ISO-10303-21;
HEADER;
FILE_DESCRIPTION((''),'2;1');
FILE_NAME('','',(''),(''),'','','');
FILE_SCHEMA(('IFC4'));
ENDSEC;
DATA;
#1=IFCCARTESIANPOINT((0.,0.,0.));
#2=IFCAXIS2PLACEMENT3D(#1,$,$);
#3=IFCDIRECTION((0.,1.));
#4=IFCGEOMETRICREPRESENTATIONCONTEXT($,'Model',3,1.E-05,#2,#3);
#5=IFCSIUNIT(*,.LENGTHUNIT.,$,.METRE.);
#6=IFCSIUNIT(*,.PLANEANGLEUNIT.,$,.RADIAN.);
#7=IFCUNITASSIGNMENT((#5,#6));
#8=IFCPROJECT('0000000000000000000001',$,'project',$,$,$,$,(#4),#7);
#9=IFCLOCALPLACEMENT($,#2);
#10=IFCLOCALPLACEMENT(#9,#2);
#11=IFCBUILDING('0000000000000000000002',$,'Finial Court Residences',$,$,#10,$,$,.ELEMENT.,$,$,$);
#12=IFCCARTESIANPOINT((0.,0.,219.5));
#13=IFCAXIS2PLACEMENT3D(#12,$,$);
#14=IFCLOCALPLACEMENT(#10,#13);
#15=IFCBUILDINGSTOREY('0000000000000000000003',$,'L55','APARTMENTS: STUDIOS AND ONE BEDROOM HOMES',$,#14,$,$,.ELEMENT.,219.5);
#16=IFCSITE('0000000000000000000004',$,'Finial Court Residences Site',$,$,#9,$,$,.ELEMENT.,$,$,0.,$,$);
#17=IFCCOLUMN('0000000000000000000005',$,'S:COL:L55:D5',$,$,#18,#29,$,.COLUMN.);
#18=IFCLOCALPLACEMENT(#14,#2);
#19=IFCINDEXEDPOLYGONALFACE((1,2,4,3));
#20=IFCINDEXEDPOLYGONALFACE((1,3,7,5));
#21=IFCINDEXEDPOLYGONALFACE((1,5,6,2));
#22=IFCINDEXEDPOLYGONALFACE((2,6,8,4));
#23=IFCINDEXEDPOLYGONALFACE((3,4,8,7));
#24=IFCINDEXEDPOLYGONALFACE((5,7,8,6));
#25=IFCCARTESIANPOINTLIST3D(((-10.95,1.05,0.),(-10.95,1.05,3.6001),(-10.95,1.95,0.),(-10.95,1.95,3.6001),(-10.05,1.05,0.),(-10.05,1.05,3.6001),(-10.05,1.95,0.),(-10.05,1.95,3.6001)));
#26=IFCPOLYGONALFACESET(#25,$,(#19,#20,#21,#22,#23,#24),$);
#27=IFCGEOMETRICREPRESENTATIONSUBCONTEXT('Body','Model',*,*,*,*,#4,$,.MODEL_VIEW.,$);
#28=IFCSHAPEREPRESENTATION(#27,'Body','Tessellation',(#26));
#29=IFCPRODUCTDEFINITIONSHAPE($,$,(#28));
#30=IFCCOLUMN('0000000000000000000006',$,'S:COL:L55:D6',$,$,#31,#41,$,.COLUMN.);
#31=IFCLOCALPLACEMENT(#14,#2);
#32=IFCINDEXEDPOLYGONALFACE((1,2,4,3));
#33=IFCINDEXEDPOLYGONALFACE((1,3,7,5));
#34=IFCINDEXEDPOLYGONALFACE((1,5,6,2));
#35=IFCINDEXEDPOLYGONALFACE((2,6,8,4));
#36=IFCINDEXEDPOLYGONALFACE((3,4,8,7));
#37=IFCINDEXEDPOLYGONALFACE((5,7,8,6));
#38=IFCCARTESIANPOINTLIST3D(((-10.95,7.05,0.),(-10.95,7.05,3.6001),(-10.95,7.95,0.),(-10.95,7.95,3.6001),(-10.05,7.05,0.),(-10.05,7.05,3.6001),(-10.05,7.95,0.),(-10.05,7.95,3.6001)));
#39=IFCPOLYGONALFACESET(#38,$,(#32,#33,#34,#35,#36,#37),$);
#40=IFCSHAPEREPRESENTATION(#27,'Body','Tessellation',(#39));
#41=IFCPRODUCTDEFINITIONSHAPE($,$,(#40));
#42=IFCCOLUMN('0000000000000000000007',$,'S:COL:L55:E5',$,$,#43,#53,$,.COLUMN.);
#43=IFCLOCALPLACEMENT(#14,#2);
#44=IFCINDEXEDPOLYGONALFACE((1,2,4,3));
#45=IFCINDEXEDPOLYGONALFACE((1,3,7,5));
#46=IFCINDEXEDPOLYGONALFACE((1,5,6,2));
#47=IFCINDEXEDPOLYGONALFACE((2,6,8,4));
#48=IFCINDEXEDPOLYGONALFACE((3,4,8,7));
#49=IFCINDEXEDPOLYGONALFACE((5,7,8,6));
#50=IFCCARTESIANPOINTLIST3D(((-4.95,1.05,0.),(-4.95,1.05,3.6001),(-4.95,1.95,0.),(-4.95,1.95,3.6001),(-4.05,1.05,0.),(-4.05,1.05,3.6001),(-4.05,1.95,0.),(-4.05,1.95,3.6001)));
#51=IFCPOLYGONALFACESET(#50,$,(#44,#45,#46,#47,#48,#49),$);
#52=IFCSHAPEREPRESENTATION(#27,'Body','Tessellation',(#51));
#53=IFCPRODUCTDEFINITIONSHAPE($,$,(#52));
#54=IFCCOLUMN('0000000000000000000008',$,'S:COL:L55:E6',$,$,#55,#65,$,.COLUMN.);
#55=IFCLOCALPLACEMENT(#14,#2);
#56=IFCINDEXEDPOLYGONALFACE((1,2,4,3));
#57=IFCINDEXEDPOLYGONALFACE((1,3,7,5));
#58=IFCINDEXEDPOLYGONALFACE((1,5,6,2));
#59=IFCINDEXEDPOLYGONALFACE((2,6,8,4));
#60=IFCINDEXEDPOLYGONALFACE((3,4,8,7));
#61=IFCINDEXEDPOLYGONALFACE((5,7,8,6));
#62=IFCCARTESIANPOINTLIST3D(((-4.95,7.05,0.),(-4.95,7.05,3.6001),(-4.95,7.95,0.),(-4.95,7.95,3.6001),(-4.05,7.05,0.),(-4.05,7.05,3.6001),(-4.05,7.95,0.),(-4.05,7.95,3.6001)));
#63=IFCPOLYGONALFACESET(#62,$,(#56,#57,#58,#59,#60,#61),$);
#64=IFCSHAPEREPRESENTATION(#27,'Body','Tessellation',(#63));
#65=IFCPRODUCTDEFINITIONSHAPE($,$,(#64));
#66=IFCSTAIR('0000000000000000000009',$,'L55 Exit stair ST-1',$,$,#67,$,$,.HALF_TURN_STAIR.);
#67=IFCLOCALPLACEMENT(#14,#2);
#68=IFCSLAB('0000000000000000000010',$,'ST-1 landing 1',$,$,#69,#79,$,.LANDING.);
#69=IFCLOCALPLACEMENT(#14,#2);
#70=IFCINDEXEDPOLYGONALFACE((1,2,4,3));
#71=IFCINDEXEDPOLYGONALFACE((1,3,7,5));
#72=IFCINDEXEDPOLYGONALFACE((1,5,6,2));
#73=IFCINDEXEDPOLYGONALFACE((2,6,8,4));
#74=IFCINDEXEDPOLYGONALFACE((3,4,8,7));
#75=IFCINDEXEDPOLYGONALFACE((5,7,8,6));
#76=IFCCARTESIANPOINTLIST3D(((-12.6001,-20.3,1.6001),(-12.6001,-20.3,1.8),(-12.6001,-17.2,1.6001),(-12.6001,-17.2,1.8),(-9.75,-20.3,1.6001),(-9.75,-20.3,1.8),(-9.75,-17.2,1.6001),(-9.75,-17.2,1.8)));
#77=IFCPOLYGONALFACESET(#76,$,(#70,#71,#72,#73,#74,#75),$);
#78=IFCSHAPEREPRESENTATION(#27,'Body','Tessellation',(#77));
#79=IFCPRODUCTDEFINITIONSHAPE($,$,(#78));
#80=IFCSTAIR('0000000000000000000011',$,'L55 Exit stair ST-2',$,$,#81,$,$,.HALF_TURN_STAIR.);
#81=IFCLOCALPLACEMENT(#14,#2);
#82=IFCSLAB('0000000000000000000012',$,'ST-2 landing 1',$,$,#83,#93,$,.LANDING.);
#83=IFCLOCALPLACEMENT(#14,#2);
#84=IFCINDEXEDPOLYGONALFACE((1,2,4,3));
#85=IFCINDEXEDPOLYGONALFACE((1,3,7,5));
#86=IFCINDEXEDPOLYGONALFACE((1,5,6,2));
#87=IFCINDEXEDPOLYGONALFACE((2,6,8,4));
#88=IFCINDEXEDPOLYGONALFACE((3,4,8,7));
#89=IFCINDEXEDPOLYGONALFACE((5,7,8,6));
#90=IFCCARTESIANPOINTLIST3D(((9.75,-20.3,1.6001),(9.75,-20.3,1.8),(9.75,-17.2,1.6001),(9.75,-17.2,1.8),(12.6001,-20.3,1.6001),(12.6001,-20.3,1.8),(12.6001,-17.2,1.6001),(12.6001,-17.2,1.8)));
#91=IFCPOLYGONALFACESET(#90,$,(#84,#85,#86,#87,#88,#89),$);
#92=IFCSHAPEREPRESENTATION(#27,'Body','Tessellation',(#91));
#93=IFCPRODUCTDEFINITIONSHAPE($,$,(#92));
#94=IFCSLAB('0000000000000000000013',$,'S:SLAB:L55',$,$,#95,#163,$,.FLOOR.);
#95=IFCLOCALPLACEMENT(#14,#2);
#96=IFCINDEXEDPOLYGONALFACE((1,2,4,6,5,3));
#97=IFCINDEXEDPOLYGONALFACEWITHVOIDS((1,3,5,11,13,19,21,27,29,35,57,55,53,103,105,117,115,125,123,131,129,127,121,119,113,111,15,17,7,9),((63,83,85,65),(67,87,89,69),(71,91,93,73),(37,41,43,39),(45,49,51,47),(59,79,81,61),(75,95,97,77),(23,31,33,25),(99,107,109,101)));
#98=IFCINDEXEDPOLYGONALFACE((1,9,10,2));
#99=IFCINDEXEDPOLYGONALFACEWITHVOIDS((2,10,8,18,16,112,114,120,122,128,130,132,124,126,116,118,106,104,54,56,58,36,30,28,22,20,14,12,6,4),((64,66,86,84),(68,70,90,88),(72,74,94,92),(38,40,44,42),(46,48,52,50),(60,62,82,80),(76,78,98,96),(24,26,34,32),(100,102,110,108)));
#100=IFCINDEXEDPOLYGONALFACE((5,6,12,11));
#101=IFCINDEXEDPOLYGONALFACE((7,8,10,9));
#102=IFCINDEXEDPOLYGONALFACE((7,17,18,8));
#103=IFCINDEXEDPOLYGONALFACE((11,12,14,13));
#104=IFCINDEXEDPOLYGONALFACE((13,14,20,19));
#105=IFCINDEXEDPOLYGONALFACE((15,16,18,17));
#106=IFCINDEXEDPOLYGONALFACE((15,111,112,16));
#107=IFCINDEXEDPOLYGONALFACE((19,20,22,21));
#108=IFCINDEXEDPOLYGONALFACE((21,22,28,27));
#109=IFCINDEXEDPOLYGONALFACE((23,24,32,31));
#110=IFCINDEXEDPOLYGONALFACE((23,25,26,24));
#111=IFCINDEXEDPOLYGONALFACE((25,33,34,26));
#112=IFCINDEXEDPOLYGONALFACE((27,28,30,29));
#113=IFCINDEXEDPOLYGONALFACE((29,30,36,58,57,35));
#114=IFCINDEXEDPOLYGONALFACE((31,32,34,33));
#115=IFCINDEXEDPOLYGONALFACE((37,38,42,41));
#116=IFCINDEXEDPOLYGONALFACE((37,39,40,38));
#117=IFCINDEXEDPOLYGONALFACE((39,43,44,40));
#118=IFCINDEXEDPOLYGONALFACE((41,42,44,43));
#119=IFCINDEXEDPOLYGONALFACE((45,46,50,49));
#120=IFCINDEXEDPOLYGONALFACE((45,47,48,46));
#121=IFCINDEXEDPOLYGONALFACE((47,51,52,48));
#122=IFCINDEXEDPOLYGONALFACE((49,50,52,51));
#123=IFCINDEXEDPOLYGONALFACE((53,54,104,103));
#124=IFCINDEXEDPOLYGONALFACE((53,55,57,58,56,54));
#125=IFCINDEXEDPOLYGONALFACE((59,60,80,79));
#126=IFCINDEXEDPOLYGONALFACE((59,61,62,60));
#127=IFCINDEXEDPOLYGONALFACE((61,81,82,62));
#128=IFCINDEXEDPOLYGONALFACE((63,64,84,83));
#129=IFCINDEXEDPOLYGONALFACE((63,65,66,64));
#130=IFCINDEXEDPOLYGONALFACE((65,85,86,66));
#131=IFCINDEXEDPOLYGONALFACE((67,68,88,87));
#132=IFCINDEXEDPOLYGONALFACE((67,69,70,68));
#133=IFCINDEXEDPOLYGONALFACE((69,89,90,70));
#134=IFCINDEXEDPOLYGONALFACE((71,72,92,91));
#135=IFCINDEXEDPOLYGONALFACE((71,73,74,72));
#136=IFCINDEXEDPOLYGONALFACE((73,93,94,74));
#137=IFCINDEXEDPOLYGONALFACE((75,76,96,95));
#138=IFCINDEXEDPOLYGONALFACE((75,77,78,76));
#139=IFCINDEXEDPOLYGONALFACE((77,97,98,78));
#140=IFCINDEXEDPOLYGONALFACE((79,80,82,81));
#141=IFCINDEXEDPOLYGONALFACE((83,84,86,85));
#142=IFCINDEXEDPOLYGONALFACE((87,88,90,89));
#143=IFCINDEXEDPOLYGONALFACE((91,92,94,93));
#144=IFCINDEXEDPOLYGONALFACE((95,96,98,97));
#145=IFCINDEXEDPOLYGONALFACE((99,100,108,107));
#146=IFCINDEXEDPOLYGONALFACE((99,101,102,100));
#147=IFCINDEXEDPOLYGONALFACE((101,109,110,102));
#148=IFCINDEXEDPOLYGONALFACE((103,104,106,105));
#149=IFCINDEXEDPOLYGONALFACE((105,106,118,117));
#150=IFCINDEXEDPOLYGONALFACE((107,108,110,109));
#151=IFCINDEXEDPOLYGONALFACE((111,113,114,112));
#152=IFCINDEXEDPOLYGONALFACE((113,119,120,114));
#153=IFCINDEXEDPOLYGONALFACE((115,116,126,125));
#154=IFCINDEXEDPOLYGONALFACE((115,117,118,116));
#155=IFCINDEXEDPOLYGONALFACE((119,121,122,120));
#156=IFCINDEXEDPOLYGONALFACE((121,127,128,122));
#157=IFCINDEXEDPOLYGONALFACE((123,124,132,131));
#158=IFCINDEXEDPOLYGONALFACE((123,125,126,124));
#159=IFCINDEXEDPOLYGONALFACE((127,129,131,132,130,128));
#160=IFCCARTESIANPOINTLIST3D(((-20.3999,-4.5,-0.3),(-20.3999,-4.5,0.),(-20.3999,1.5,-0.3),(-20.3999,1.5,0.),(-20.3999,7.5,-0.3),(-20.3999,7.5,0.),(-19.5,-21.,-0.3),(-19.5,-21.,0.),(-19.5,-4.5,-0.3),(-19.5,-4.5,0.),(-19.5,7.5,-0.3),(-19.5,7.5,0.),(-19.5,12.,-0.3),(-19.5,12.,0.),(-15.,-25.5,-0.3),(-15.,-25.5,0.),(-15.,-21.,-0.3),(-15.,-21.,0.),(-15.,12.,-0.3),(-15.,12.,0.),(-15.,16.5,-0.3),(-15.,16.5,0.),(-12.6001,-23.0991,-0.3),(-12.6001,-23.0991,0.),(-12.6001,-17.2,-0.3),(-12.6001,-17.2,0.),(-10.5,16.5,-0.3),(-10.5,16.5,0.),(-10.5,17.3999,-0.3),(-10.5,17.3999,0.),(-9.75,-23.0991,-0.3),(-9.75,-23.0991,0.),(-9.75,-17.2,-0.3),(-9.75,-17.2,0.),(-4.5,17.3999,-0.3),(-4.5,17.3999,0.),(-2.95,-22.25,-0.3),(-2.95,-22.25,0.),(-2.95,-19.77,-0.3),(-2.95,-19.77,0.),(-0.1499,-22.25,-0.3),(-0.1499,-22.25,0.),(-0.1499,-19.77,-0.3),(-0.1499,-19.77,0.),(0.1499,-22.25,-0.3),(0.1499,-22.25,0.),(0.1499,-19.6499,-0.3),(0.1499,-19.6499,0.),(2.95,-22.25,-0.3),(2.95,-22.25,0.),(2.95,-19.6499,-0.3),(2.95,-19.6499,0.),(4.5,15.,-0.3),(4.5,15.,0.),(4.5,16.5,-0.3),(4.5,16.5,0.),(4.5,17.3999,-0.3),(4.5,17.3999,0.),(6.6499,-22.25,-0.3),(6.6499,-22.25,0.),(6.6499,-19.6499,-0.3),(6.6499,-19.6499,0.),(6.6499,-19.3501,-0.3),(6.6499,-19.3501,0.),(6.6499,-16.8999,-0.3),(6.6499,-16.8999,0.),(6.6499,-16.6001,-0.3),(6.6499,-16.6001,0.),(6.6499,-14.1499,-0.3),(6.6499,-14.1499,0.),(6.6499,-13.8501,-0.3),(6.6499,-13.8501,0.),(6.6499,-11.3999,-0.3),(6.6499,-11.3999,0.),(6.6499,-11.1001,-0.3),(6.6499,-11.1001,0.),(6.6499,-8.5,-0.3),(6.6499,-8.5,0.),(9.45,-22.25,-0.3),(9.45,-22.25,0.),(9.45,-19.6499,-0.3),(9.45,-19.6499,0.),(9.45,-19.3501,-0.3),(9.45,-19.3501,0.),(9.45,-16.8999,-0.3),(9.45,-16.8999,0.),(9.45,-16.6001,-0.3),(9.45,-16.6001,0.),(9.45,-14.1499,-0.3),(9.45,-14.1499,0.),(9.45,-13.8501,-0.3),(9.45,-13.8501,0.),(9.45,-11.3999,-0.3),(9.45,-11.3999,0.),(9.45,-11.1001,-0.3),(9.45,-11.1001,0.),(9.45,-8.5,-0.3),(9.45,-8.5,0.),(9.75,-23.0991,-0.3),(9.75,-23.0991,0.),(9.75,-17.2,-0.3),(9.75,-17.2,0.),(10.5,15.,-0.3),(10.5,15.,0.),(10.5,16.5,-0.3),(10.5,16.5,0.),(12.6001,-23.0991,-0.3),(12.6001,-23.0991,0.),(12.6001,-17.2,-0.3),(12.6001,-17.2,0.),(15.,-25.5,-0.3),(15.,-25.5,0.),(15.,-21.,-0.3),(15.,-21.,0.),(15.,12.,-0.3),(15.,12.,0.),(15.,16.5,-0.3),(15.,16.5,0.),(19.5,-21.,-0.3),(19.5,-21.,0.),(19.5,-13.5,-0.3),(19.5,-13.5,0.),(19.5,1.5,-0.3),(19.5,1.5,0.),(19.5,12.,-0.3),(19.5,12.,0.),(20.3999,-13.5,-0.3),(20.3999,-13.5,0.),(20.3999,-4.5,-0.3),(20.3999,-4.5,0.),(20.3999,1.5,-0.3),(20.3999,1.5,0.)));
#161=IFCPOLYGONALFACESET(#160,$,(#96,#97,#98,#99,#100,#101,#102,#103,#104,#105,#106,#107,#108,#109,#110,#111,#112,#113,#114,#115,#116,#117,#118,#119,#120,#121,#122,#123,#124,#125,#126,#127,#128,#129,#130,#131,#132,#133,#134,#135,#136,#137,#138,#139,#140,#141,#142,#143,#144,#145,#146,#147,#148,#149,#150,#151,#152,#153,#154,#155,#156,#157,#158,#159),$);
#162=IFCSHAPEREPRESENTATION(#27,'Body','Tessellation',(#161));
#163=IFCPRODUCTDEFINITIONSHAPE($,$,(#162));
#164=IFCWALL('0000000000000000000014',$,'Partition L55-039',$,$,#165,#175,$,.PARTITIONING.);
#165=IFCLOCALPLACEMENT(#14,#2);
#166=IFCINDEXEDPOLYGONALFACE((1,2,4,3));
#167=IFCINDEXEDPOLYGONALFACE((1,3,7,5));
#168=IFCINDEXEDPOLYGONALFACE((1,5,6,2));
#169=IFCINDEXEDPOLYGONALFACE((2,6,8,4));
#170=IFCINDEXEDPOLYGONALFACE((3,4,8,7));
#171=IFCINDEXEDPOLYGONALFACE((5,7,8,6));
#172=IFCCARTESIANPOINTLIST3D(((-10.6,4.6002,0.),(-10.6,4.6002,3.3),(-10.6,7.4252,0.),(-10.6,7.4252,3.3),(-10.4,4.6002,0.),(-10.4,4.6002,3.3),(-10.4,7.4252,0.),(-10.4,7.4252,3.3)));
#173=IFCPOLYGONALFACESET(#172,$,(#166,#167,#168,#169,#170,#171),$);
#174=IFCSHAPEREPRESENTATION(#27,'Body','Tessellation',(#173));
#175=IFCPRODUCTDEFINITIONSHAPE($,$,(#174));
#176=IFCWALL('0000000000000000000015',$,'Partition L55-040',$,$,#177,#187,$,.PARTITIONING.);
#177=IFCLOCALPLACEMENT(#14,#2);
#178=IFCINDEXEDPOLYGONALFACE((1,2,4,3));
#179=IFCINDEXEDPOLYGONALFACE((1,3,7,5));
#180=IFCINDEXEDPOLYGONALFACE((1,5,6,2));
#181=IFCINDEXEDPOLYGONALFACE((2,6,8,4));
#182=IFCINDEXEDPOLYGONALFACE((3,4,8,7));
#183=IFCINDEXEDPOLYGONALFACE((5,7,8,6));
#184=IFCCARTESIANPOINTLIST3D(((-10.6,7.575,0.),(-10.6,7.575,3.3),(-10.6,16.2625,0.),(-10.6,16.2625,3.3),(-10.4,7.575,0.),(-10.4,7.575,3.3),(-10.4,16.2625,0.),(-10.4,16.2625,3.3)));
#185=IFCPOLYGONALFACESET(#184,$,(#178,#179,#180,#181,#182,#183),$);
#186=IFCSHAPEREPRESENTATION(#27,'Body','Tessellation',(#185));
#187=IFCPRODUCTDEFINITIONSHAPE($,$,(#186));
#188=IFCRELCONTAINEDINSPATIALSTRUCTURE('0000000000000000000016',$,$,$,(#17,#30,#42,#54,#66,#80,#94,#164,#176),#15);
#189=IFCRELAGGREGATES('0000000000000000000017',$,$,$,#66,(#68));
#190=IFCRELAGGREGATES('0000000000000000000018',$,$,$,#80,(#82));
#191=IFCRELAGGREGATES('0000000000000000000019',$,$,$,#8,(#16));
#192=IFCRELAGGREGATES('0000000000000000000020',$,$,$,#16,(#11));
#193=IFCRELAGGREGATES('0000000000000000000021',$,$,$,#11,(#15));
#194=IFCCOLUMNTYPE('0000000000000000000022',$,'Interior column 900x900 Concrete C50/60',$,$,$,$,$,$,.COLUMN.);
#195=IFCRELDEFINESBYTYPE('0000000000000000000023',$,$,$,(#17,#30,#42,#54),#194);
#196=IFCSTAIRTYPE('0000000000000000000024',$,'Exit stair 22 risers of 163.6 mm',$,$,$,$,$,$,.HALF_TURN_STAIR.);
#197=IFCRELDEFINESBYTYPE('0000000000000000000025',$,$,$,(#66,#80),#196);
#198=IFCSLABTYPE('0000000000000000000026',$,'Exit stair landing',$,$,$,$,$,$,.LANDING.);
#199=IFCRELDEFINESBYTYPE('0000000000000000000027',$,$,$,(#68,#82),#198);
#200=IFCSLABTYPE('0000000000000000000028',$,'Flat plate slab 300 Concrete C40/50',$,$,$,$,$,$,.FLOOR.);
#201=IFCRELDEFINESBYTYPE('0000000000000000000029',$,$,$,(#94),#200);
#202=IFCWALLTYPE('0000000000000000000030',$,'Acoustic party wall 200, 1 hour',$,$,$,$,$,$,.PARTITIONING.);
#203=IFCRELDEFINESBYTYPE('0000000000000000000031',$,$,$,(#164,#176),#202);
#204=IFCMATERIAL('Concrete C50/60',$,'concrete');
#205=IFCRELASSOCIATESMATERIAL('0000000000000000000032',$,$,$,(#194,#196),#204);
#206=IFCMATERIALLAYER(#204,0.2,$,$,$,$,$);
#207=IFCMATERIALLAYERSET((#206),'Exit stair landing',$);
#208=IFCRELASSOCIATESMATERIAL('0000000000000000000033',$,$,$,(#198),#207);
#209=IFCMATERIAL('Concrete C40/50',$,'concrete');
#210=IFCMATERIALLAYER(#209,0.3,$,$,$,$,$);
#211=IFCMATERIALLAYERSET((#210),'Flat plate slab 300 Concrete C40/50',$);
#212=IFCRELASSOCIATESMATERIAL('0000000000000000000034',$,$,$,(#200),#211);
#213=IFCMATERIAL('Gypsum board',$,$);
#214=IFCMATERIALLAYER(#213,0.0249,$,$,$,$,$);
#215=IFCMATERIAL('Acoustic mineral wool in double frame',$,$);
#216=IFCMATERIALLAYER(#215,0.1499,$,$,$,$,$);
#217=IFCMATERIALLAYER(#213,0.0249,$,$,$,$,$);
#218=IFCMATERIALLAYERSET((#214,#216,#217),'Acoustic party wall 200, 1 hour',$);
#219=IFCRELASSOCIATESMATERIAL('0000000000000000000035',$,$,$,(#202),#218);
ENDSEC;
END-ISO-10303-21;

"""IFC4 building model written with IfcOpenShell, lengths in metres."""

from ifc_helpers import new_model, si_unit, direction, frame, frame_2d, origin, origin_2d, place, context, subcontext, project, spatial, polyline, rectangle, outline, extrude, material, layer, layer_set, material_profile, profile_set, type_object, element, aggregate, save


model = new_model("IFC4")

# Units and contexts
model_context = context("Model", 3, precision=1e-05, world=origin(), true_north=direction((0.0, 1.0)))
body_context = subcontext(model_context, "Body", "Model", "MODEL_VIEW")
ifc_project = project(units=[si_unit("LENGTHUNIT", "METRE"), si_unit("PLANEANGLEUNIT", "RADIAN")], contexts=[model_context])

# Site, building, storey
site_placement = place(None, origin())
site = spatial("IfcSite", under=ifc_project, at=site_placement, Name="Finial Court Residences Site", CompositionType="ELEMENT", RefElevation=0.0)
building_placement = place(site_placement, origin())
building = spatial("IfcBuilding", under=site, at=building_placement, Name="Finial Court Residences", CompositionType="ELEMENT")
storey_placement = place(building_placement, frame((0.0, 0.0, 219.5)))
storey = spatial("IfcBuildingStorey", under=building, at=storey_placement, Name="L55", Description="APARTMENTS: STUDIOS AND ONE BEDROOM HOMES", CompositionType="ELEMENT", Elevation=219.5)

# Columns
ifc_material_1 = material(Name="Concrete C50/60", Category="concrete")
ifc_material_profile = material_profile(ifc_material_1, rectangle(XDim=0.8999, YDim=0.8999, at=origin_2d()), Name="900x900")
ifc_profile_set = profile_set([ifc_material_profile], Name="Concrete C50/60")
column_type = type_object("IfcColumnType", Name="Interior column 900x900 Concrete C50/60", PredefinedType="COLUMN", material=ifc_profile_set)
for number, where, z_axis, x_axis, name in (
    (1, (-10.5, 1.5, 0.0), (0.0, 0.0, 1.0), (1.0, 0.0, 0.0), "S:COL:L55:D5"),
    (2, (-10.5, 7.5, 0.0), (0.0, 0.0, 1.0), (1.0, 0.0, 0.0), "S:COL:L55:D6"),
    (3, (-4.5, 1.5, 0.0), (0.0, 0.0, 1.0), (1.0, 0.0, 0.0), "S:COL:L55:E5"),
    (4, (-4.5, 7.5, 0.0), (0.0, 0.0, 1.0), (1.0, 0.0, 0.0), "S:COL:L55:E6"),
):
    element("IfcColumn", number, at=place(storey_placement, frame(where, z_axis=z_axis, x_axis=x_axis)), inside=storey, type_object=column_type, Name=name, PredefinedType="COLUMN", context=body_context, shape_type="SweptSolid", body=[
        extrude(rectangle(XDim=0.8999, YDim=0.8999, at=origin_2d()), origin(), (0.0, 0.0, 1.0), 3.6001),
    ])

# Stairs, slabs
stair_type = type_object("IfcStairType", Name="Exit stair 22 risers of 163.6 mm", PredefinedType="HALF_TURN_STAIR", material=ifc_material_1)
stair_1_placement = place(storey_placement, origin())
stair_1 = element("IfcStair", 5, at=stair_1_placement, inside=storey, type_object=stair_type, Name="L55 Exit stair ST-1", PredefinedType="HALF_TURN_STAIR")
ifc_layer_1 = layer(ifc_material_1, 0.2)
ifc_layer_set_1 = layer_set([ifc_layer_1], Name="Exit stair landing")
slab_type_1 = type_object("IfcSlabType", Name="Exit stair landing", PredefinedType="LANDING", material=ifc_layer_set_1)
slab_1_placement = place(storey_placement, frame((0.0, 0.0, 1.6001)))
slab_1 = element("IfcSlab", 6, at=slab_1_placement, type_object=slab_type_1, Name="ST-1 landing 1", PredefinedType="LANDING", context=body_context, shape_type="SweptSolid", body=[
    extrude(outline(polyline([(-9.75, -20.3), (-9.75, -17.2), (-12.6001, -17.2), (-12.6001, -20.3), (-9.75, -20.3)])), origin(), (0.0, 0.0, 1.0), 0.2),
])
aggregate(stair_1, [slab_1])
stair_2_placement = place(storey_placement, origin())
stair_2 = element("IfcStair", 7, at=stair_2_placement, inside=storey, type_object=stair_type, Name="L55 Exit stair ST-2", PredefinedType="HALF_TURN_STAIR")
slab_2_placement = place(storey_placement, frame((0.0, 0.0, 1.6001)))
slab_2 = element("IfcSlab", 8, at=slab_2_placement, type_object=slab_type_1, Name="ST-2 landing 1", PredefinedType="LANDING", context=body_context, shape_type="SweptSolid", body=[
    extrude(outline(polyline([(12.6001, -20.3), (12.6001, -17.2), (9.75, -17.2), (9.75, -20.3), (12.6001, -20.3)])), origin(), (0.0, 0.0, 1.0), 0.2),
])
aggregate(stair_2, [slab_2])

# Slab
ifc_material_2 = material(Name="Concrete C40/50", Category="concrete")
ifc_layer_2 = layer(ifc_material_2, 0.3)
ifc_layer_set_2 = layer_set([ifc_layer_2], Name="Flat plate slab 300 Concrete C40/50")
slab_type_2 = type_object("IfcSlabType", Name="Flat plate slab 300 Concrete C40/50", PredefinedType="FLOOR", material=ifc_layer_set_2)
slab_3_placement = place(storey_placement, frame((0.0, 0.0, -0.3)))
element("IfcSlab", 9, at=slab_3_placement, inside=storey, type_object=slab_type_2, Name="S:SLAB:L55", PredefinedType="FLOOR", context=body_context, shape_type="SweptSolid", body=[
    extrude(outline(polyline([(19.5, -13.5), (19.5, -21.0), (15.0, -21.0), (15.0, -25.5), (-15.0, -25.5), (-15.0, -21.0), (-19.5, -21.0), (-19.5, -4.5), (-20.3999, -4.5), (-20.3999, 1.5), (-20.3999, 7.5), (-19.5, 7.5), (-19.5, 12.0), (-15.0, 12.0), (-15.0, 16.5), (-10.5, 16.5), (-10.5, 17.3999), (-4.5, 17.3999), (4.5, 17.3999), (4.5, 16.5), (4.5, 15.0), (10.5, 15.0), (10.5, 16.5), (15.0, 16.5), (15.0, 12.0), (19.5, 12.0), (19.5, 1.5), (20.3999, 1.5), (20.3999, -4.5), (20.3999, -13.5), (19.5, -13.5)]), holes=[polyline([(-0.1499, -19.77), (-2.95, -19.77), (-2.95, -22.25), (-0.1499, -22.25), (-0.1499, -19.77)]), polyline([(2.95, -19.6499), (0.1499, -19.6499), (0.1499, -22.25), (2.95, -22.25), (2.95, -19.6499)]), polyline([(9.45, -19.6499), (6.6499, -19.6499), (6.6499, -22.25), (9.45, -22.25), (9.45, -19.6499)]), polyline([(-12.6001, -17.2), (-12.6001, -23.0991), (-9.75, -23.0991), (-9.75, -17.2), (-12.6001, -17.2)]), polyline([(9.75, -17.2), (9.75, -23.0991), (12.6001, -23.0991), (12.6001, -17.2), (9.75, -17.2)]), polyline([(9.45, -16.8999), (6.6499, -16.8999), (6.6499, -19.3501), (9.45, -19.3501), (9.45, -16.8999)]), polyline([(9.45, -14.1499), (6.6499, -14.1499), (6.6499, -16.6001), (9.45, -16.6001), (9.45, -14.1499)]), polyline([(9.45, -13.8501), (9.45, -11.3999), (6.6499, -11.3999), (6.6499, -13.8501), (9.45, -13.8501)]), polyline([(9.45, -11.1001), (9.45, -8.5), (6.6499, -8.5), (6.6499, -11.1001), (9.45, -11.1001)])]), origin(), (0.0, 0.0, 1.0), 0.3),
])

# Walls
ifc_material_3 = material(Name="Gypsum board")
ifc_layer_3 = layer(ifc_material_3, 0.0249)
ifc_material_4 = material(Name="Acoustic mineral wool in double frame")
ifc_layer_4 = layer(ifc_material_4, 0.1499)
ifc_layer_5 = layer(ifc_material_3, 0.0249)
ifc_layer_set_3 = layer_set([ifc_layer_3, ifc_layer_4, ifc_layer_5], Name="Acoustic party wall 200, 1 hour")
wall_type_1 = type_object("IfcWallType", Name="Acoustic party wall 200, 1 hour", PredefinedType="PARTITIONING", material=ifc_layer_set_3)
wall_1_placement = place(storey_placement, frame((-10.5, 4.6001, 0.0), z_axis=(0.0, 0.0, 1.0), x_axis=(0.0, 1.0, 0.0)))
element("IfcWall", 10, at=wall_1_placement, inside=storey, type_object=wall_type_1, Name="Partition L55-039", PredefinedType="PARTITIONING", context=body_context, shape_type="SweptSolid", body=[
    extrude(rectangle(XDim=2.825, YDim=0.2, at=frame_2d((1.4126, 0.0))), origin(), (0.0, 0.0, 1.0), 3.3),
])
wall_2_placement = place(storey_placement, frame((-10.5, 7.575, 0.0), z_axis=(0.0, 0.0, 1.0), x_axis=(0.0, 1.0, 0.0)))
element("IfcWall", 11, at=wall_2_placement, inside=storey, type_object=wall_type_1, Name="Partition L55-040", PredefinedType="PARTITIONING", context=body_context, shape_type="SweptSolid", body=[
    extrude(rectangle(XDim=8.6875, YDim=0.2, at=frame_2d((4.3438, 0.0))), origin(), (0.0, 0.0, 1.0), 3.3),
])

save(model, "model.ifc")
